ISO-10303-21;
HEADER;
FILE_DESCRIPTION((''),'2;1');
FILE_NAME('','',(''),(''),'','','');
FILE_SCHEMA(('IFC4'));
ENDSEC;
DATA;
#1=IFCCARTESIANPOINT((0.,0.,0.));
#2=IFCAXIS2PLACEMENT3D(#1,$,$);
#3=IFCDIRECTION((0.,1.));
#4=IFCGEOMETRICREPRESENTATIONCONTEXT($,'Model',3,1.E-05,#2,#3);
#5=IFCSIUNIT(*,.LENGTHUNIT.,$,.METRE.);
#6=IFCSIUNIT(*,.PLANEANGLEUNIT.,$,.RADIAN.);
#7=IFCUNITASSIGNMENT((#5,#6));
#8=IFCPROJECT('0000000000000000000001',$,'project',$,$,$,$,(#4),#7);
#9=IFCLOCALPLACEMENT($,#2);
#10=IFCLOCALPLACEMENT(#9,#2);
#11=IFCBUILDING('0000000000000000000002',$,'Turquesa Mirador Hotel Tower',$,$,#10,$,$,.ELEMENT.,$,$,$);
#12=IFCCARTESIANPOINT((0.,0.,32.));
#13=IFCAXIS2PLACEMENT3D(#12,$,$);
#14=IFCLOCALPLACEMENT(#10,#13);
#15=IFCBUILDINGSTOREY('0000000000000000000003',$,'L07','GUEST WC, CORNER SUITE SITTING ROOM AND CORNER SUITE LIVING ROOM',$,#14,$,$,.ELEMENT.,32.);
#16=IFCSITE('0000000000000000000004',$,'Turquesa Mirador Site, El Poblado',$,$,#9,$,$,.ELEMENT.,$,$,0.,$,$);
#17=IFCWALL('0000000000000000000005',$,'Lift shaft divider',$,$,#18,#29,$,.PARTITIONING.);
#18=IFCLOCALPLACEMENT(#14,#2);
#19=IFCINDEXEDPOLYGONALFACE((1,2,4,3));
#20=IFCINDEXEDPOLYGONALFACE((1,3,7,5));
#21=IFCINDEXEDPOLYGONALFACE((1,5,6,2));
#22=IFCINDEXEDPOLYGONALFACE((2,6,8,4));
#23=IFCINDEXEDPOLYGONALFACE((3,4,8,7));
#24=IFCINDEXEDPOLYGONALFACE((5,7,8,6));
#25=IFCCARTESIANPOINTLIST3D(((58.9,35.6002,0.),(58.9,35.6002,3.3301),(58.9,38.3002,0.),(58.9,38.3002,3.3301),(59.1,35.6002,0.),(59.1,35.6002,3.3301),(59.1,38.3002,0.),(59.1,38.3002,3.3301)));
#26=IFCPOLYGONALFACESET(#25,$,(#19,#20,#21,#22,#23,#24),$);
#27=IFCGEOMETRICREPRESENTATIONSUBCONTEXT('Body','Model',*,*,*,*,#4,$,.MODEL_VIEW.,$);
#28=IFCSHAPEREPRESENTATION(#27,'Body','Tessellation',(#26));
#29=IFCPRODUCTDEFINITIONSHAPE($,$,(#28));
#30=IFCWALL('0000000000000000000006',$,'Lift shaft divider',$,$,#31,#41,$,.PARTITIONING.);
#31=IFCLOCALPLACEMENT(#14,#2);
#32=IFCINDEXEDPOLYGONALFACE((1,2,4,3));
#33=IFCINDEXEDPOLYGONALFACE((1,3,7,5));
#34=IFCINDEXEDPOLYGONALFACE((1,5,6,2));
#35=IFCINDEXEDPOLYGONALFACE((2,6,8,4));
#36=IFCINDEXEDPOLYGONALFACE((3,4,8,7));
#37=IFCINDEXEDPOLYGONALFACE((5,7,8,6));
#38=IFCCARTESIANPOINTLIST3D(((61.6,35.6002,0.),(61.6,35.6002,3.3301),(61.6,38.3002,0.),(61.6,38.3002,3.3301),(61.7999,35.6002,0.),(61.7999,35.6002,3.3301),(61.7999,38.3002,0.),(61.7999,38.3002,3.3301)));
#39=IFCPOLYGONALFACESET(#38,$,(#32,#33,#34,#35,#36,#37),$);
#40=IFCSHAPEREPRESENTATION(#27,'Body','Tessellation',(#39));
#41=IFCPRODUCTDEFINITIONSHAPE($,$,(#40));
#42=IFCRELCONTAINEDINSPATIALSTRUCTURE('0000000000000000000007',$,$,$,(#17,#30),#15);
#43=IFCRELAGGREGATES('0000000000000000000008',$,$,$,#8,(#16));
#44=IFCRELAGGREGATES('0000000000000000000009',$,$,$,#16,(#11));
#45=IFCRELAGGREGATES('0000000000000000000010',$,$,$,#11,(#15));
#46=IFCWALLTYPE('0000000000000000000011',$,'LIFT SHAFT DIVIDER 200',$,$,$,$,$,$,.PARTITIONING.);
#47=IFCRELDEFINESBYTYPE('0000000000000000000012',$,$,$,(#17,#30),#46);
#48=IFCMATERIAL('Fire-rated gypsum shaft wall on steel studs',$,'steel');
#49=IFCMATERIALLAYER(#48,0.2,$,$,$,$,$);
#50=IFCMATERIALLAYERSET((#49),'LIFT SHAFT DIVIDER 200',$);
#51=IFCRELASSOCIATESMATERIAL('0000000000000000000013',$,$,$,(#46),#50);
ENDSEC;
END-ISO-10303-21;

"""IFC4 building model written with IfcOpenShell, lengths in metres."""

from ifc_helpers import new_model, si_unit, direction, frame, frame_2d, origin, place, context, subcontext, project, spatial, rectangle, extrude, material, layer, layer_set, type_object, element, save


model = new_model("IFC4")

# Units and contexts
model_context = context("Model", 3, precision=1e-05, world=origin(), true_north=direction((0.0, 1.0)))
body_context = subcontext(model_context, "Body", "Model", "MODEL_VIEW")
ifc_project = project(units=[si_unit("LENGTHUNIT", "METRE"), si_unit("PLANEANGLEUNIT", "RADIAN")], contexts=[model_context])

# Site, building, storey
site_placement = place(None, origin())
site = spatial("IfcSite", under=ifc_project, at=site_placement, Name="Turquesa Mirador Site, El Poblado", CompositionType="ELEMENT", RefElevation=0.0)
building_placement = place(site_placement, origin())
building = spatial("IfcBuilding", under=site, at=building_placement, Name="Turquesa Mirador Hotel Tower", CompositionType="ELEMENT")
storey_placement = place(building_placement, frame((0.0, 0.0, 32.0)))
storey = spatial("IfcBuildingStorey", under=building, at=storey_placement, Name="L07", Description="GUEST WC, CORNER SUITE SITTING ROOM AND CORNER SUITE LIVING ROOM", CompositionType="ELEMENT", Elevation=32.0)

# Walls
ifc_material_1 = material(Name="Fire-rated gypsum shaft wall on steel studs", Category="steel")
ifc_layer_1 = layer(ifc_material_1, 0.2)
ifc_layer_set_1 = layer_set([ifc_layer_1], Name="LIFT SHAFT DIVIDER 200")
wall_type_1 = type_object("IfcWallType", Name="LIFT SHAFT DIVIDER 200", PredefinedType="PARTITIONING", material=ifc_layer_set_1)
for number, where, z_axis, x_axis, name in (
    (1, (59.0, 35.6001, 0.0), (0.0, 0.0, 1.0), (0.0, 1.0, 0.0), "Lift shaft divider"),
    (2, (61.7, 35.6001, 0.0), (0.0, 0.0, 1.0), (0.0, 1.0, 0.0), "Lift shaft divider"),
):
    element("IfcWall", number, at=place(storey_placement, frame(where, z_axis=z_axis, x_axis=x_axis)), inside=storey, type_object=wall_type_1, Name=name, PredefinedType="PARTITIONING", context=body_context, shape_type="SweptSolid", body=[
        extrude(rectangle(XDim=2.7, YDim=0.2, at=frame_2d((1.3501, 0.0))), origin(), (0.0, 0.0, 1.0), 3.3301),
    ])

save(model, "model.ifc")
